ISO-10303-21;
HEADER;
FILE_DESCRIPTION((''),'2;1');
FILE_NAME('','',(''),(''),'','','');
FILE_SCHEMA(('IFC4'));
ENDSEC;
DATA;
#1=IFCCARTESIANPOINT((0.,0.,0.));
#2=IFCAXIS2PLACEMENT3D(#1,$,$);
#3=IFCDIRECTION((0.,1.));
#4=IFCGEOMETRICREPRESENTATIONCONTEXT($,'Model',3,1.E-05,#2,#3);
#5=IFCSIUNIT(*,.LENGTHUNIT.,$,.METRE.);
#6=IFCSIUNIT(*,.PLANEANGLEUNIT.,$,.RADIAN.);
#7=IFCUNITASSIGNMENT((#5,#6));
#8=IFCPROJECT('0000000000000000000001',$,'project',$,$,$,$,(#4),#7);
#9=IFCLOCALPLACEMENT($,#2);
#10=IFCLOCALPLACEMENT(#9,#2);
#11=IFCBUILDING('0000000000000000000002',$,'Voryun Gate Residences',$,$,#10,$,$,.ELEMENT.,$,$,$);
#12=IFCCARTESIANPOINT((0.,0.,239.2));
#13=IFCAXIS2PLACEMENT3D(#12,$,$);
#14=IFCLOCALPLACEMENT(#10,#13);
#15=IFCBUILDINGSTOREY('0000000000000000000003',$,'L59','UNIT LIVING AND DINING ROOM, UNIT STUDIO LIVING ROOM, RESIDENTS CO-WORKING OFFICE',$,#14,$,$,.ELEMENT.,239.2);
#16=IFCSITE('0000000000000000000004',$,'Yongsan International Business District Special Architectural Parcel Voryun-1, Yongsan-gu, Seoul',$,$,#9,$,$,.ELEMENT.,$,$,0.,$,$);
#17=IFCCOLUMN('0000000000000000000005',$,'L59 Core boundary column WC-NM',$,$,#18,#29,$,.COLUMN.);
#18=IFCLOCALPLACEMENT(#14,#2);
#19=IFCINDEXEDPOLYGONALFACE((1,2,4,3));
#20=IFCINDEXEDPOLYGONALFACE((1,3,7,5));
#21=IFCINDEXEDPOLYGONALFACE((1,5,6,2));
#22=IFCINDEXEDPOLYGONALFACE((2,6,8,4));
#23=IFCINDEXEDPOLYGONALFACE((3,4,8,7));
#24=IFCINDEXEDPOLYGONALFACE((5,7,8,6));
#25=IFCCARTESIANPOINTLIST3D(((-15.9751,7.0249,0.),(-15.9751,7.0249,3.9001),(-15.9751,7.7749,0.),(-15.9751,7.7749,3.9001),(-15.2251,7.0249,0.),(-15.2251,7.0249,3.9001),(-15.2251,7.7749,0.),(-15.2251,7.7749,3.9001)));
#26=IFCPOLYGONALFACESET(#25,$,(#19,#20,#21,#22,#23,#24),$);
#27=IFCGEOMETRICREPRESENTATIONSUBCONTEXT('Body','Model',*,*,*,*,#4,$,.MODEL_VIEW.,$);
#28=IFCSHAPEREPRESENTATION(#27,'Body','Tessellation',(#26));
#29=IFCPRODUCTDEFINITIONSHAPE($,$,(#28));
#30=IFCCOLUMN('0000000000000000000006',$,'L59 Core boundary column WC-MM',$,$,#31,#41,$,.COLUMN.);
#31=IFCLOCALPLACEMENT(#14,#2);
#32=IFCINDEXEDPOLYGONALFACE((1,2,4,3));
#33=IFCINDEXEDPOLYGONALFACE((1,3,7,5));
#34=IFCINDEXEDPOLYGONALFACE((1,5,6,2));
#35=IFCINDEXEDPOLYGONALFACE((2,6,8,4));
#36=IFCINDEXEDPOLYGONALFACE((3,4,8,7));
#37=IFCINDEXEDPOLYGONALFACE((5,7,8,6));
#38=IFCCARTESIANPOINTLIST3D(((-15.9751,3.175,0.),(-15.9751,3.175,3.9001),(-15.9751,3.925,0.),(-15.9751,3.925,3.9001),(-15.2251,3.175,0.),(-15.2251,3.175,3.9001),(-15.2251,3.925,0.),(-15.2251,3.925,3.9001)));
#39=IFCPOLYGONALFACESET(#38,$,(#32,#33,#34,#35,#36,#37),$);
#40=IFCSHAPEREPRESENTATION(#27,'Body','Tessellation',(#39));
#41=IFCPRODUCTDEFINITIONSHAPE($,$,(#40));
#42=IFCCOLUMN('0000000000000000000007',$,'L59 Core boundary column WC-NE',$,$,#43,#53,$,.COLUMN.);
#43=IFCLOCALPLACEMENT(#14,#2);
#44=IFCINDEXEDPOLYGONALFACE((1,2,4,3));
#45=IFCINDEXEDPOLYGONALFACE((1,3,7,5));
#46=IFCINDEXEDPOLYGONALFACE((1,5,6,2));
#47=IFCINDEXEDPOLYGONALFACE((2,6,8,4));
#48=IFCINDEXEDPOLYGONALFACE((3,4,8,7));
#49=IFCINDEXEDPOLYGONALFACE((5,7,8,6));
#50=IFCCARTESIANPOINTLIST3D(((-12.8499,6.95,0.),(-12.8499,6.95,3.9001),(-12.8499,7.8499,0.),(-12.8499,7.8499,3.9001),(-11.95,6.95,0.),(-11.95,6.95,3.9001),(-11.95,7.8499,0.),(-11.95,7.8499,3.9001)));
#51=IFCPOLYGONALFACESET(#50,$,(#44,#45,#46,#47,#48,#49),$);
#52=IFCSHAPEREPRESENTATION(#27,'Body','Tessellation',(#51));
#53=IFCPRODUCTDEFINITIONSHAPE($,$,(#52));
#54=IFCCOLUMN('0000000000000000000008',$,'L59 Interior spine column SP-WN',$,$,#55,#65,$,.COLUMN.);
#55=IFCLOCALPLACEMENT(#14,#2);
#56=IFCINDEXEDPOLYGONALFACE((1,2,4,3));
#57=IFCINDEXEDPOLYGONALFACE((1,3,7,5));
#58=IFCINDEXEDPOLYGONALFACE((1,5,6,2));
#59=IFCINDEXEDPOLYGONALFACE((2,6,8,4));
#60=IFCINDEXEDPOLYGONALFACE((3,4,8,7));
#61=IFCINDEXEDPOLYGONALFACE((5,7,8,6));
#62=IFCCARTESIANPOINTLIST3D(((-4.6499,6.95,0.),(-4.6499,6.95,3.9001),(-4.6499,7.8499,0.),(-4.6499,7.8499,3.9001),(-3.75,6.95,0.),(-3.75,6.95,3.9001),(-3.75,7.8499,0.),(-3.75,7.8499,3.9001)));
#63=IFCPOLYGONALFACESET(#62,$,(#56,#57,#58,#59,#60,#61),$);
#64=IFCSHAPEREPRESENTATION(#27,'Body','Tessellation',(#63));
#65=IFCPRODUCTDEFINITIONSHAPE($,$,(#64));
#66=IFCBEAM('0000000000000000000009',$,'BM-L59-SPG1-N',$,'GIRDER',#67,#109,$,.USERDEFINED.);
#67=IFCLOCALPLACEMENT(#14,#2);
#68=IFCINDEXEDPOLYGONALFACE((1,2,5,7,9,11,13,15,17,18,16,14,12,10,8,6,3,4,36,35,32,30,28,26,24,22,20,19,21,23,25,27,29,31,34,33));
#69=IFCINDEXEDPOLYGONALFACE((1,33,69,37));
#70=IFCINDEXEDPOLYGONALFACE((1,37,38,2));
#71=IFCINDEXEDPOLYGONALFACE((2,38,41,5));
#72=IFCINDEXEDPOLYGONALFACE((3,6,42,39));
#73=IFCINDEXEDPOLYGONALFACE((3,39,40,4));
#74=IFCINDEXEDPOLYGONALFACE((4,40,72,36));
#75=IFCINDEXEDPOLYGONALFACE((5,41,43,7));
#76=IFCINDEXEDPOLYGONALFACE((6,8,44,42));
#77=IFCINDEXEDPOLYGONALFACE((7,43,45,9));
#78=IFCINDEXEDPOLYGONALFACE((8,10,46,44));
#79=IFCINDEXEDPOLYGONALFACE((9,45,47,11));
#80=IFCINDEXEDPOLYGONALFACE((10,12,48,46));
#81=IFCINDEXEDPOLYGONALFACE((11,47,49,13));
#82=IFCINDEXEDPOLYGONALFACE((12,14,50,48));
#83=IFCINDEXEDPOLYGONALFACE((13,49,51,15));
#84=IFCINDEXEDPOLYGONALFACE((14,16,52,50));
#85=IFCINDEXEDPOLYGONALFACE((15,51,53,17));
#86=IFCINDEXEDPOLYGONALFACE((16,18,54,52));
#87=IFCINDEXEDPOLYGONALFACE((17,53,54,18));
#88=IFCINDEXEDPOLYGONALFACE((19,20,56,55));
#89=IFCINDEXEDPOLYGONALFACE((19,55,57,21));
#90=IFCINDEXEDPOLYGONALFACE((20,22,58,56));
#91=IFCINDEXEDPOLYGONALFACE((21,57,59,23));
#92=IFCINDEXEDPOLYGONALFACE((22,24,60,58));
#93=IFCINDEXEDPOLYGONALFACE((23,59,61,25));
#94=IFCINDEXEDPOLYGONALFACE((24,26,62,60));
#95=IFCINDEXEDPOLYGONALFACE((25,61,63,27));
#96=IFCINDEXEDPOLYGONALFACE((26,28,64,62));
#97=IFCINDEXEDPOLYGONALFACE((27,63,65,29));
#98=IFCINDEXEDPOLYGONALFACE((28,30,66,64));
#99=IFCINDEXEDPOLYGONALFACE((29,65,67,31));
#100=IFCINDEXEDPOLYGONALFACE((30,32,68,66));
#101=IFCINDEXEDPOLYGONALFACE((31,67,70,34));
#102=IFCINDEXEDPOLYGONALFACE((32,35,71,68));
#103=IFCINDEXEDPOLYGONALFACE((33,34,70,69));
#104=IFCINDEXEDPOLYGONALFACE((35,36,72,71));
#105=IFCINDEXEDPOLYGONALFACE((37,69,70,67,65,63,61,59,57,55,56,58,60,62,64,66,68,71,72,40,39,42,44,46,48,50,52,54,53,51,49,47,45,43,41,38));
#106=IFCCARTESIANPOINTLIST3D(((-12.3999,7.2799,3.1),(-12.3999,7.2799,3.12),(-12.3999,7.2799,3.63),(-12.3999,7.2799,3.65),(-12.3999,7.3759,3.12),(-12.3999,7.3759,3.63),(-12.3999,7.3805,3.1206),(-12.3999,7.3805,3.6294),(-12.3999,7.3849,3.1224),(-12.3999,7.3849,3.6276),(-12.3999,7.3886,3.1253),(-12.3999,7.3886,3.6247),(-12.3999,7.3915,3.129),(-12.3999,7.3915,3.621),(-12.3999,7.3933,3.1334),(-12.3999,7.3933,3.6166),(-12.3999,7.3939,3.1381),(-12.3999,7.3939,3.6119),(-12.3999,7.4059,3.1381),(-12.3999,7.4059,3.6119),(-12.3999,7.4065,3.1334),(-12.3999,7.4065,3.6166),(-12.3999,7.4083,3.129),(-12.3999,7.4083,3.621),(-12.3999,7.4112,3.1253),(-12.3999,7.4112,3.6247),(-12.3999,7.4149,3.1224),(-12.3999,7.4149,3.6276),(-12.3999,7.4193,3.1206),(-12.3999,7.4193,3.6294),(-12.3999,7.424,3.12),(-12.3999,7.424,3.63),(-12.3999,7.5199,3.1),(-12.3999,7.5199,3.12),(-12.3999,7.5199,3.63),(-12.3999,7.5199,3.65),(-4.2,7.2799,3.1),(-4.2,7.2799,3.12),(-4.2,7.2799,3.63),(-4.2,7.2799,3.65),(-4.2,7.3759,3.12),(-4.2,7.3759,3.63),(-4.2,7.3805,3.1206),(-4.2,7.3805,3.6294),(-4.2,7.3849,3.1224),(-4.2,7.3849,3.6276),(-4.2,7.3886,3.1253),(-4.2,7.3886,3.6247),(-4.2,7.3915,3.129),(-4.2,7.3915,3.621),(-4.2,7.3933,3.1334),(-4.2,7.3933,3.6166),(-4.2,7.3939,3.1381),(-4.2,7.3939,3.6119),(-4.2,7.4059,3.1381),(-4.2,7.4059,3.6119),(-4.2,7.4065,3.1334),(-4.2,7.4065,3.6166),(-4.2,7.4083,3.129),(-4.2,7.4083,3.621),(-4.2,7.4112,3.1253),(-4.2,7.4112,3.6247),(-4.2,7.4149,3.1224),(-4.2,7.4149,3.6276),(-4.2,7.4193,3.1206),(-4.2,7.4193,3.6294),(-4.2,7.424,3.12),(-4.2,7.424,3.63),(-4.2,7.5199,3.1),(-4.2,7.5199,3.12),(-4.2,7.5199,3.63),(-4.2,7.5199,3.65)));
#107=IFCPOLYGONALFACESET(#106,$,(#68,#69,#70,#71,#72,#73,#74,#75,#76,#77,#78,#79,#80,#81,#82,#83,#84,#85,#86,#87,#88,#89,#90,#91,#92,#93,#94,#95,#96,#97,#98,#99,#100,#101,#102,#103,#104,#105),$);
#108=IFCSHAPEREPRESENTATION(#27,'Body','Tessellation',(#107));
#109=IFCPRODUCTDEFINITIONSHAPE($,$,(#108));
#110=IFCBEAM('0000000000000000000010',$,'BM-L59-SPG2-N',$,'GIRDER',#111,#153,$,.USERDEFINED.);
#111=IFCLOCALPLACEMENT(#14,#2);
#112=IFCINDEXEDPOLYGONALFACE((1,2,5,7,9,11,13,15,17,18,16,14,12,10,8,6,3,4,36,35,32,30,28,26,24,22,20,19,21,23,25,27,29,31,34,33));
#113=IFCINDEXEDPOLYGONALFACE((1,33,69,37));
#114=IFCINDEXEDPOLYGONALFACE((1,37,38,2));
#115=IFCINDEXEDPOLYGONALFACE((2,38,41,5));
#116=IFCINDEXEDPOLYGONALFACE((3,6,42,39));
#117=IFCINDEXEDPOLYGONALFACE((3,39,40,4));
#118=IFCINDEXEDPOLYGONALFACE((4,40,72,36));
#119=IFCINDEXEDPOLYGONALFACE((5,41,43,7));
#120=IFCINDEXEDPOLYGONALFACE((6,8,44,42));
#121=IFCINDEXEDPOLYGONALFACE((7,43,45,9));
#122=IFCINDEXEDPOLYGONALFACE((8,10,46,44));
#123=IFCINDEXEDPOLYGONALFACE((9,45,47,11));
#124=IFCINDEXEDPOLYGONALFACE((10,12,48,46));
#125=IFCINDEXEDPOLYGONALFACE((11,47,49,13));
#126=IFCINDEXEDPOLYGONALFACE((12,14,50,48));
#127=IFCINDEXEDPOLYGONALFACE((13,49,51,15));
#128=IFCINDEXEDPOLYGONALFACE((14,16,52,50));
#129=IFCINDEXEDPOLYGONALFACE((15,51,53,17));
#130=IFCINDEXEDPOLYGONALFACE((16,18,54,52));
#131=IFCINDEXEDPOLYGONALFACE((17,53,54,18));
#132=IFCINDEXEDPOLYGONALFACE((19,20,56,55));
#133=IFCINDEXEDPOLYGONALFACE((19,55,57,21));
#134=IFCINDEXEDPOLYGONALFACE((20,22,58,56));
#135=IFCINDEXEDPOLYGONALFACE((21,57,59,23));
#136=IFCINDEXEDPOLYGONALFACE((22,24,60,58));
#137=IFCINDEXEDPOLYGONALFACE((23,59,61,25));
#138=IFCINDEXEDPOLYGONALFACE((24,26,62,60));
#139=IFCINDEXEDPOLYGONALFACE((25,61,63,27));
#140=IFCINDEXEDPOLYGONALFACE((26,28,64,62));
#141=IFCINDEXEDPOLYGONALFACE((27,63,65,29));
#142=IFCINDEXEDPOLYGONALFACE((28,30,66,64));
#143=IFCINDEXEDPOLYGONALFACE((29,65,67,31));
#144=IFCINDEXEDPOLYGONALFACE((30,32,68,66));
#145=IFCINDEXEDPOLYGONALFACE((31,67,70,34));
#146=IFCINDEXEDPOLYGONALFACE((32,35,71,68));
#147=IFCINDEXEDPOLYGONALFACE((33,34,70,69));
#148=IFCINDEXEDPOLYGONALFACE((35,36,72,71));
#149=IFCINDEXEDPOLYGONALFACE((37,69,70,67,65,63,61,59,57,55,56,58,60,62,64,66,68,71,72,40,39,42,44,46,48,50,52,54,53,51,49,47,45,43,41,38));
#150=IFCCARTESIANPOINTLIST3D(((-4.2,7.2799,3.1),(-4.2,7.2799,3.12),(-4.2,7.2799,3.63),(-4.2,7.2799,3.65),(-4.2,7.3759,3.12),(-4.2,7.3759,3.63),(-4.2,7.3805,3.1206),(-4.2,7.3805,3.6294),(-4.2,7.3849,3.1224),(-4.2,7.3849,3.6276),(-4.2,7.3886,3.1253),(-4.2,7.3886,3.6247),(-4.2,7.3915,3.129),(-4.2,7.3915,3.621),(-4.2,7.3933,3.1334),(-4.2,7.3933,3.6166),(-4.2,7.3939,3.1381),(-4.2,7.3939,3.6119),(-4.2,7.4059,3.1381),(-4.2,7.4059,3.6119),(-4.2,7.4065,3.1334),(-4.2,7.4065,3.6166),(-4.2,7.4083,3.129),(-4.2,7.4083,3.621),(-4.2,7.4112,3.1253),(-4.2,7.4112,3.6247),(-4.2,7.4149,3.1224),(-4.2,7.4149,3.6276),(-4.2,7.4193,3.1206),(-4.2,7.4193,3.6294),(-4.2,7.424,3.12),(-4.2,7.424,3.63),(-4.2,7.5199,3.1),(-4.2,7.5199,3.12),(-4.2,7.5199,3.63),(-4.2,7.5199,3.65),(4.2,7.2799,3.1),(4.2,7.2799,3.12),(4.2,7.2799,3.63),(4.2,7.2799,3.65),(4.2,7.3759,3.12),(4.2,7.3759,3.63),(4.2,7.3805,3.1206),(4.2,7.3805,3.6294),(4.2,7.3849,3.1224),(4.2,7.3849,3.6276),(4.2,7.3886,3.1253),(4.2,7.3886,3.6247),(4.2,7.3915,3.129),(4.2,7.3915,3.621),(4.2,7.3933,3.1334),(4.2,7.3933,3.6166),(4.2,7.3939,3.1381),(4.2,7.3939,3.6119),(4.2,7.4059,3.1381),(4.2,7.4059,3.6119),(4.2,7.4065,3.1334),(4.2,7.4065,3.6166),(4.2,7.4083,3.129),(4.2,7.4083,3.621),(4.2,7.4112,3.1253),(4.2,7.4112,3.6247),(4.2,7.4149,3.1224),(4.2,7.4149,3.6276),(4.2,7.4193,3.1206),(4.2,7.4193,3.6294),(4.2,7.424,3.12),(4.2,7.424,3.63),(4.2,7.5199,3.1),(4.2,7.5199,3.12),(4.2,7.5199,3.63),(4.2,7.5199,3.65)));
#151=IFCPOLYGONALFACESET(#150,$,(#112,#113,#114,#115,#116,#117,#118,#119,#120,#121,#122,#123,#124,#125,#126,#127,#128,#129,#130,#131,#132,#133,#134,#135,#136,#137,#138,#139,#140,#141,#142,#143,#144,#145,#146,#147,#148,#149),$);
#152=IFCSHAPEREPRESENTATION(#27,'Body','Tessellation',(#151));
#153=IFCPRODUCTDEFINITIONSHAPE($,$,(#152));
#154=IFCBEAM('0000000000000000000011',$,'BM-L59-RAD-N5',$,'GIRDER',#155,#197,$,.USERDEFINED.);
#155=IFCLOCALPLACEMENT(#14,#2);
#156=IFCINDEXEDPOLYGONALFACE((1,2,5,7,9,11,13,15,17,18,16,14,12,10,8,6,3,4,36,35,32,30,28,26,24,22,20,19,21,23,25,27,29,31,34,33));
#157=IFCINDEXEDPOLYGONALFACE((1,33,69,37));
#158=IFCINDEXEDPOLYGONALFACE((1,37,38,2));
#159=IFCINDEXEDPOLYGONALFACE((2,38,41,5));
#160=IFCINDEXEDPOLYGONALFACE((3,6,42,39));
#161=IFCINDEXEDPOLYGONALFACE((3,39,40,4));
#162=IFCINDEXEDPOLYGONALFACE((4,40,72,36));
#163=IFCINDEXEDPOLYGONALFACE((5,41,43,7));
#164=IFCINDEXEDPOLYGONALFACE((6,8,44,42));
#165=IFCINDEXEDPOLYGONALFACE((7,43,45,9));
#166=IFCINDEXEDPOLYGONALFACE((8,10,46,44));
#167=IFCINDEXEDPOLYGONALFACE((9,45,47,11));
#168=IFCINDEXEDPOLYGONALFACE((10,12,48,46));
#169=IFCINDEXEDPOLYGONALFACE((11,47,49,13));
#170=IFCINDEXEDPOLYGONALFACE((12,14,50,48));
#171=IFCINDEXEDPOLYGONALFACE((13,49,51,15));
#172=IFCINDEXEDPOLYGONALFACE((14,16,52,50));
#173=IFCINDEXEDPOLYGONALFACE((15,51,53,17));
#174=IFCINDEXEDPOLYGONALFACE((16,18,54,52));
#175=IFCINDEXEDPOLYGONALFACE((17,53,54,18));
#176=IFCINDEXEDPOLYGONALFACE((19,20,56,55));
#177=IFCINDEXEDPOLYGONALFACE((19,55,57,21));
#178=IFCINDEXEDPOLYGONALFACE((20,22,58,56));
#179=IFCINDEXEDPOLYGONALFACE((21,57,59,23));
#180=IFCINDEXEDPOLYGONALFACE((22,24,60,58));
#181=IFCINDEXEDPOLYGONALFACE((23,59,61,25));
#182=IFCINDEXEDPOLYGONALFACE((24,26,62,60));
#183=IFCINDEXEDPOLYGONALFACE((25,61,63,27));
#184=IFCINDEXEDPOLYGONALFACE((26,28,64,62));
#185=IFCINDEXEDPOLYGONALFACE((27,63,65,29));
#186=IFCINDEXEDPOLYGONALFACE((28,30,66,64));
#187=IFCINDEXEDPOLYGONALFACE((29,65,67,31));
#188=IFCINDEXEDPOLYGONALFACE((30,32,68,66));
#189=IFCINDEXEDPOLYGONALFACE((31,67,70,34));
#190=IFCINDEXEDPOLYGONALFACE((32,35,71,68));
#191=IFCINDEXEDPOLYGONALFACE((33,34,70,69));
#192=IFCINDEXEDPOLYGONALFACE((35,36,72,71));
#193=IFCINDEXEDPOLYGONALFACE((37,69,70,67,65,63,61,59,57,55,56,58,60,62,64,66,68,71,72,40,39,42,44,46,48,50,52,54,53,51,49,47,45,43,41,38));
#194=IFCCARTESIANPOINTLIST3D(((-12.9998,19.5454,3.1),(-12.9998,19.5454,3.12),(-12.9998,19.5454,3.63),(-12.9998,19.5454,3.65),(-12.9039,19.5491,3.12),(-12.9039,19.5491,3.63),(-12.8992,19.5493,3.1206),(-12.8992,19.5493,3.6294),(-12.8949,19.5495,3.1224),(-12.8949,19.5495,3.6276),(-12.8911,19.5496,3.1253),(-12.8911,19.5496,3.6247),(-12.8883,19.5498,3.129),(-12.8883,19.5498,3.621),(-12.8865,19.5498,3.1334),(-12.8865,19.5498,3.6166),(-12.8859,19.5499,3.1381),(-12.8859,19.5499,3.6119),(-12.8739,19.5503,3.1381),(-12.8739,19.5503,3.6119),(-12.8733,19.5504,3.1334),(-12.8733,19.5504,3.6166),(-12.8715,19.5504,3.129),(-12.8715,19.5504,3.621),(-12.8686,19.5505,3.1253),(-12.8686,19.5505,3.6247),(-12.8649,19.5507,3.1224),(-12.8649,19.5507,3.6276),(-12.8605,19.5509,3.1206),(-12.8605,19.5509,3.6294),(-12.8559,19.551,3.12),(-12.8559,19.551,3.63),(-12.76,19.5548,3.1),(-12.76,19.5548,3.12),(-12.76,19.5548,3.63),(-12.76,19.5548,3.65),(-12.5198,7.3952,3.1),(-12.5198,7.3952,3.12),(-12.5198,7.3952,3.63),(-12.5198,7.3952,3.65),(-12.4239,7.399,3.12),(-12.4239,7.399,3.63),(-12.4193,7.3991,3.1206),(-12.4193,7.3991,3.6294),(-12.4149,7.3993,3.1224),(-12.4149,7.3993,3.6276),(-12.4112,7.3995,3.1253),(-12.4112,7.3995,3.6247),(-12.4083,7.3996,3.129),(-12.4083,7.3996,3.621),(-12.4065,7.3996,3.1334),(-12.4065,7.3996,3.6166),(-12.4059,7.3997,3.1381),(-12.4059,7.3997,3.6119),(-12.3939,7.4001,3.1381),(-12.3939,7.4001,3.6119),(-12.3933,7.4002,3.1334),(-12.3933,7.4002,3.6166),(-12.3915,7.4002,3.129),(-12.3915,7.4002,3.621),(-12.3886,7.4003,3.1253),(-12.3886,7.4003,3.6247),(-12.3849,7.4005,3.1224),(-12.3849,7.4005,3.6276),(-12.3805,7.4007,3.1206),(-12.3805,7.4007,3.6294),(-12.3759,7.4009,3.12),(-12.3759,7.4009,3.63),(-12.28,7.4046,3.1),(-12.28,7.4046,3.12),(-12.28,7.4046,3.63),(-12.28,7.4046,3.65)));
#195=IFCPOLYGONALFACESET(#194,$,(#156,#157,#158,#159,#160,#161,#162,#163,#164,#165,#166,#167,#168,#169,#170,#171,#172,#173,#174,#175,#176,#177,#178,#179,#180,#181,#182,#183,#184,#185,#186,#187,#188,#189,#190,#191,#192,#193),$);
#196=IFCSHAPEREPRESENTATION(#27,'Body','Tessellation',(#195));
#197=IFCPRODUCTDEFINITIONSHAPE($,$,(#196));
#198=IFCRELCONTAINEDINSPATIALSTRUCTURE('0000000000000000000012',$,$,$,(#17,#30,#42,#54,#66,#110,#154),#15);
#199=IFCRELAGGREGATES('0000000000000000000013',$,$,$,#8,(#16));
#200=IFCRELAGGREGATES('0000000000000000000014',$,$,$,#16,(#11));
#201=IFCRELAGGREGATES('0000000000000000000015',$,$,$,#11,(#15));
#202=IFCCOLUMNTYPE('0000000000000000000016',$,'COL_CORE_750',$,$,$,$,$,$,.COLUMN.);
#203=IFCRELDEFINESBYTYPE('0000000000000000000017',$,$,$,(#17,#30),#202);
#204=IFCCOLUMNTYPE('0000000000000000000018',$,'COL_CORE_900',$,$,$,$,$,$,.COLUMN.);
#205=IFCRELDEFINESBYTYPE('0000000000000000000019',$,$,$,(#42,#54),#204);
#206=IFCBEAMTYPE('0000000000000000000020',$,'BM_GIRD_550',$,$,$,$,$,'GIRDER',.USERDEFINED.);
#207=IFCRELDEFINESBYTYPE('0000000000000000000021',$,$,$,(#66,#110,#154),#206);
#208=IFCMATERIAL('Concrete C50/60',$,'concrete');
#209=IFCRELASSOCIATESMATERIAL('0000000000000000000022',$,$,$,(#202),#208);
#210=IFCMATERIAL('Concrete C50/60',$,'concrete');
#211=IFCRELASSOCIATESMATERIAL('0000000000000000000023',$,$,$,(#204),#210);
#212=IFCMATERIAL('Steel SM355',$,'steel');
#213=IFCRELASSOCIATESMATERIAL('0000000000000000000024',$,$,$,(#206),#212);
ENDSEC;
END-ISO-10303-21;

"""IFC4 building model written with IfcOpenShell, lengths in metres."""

from ifc_helpers import new_model, si_unit, direction, frame, origin, origin_2d, place, context, subcontext, project, spatial, rectangle, i_section, extrude, material, material_profile, profile_set, type_object, element, save


model = new_model("IFC4")

# Units and contexts
model_context = context("Model", 3, precision=1e-05, world=origin(), true_north=direction((0.0, 1.0)))
body_context = subcontext(model_context, "Body", "Model", "MODEL_VIEW")
ifc_project = project(units=[si_unit("LENGTHUNIT", "METRE"), si_unit("PLANEANGLEUNIT", "RADIAN")], contexts=[model_context])

# Site, building, storey
site_placement = place(None, origin())
site = spatial("IfcSite", under=ifc_project, at=site_placement, Name="Yongsan International Business District Special Architectural Parcel Voryun-1, Yongsan-gu, Seoul", CompositionType="ELEMENT", RefElevation=0.0)
building_placement = place(site_placement, origin())
building = spatial("IfcBuilding", under=site, at=building_placement, Name="Voryun Gate Residences", CompositionType="ELEMENT")
storey_placement = place(building_placement, frame((0.0, 0.0, 239.2)))
storey = spatial("IfcBuildingStorey", under=building, at=storey_placement, Name="L59", Description="UNIT LIVING AND DINING ROOM, UNIT STUDIO LIVING ROOM, RESIDENTS CO-WORKING OFFICE", CompositionType="ELEMENT", Elevation=239.2)

# Columns
ifc_material_1 = material(Name="Concrete C50/60", Category="concrete")
ifc_material_profile_1 = material_profile(ifc_material_1, rectangle(XDim=0.75, YDim=0.75, at=origin_2d()), Name="RC-750x750")
ifc_profile_set_1 = profile_set([ifc_material_profile_1], Name="Concrete C50/60")
column_type_1 = type_object("IfcColumnType", Name="COL_CORE_750", PredefinedType="COLUMN", material=ifc_profile_set_1)
for number, where, z_axis, x_axis, name in (
    (1, (-15.6001, 7.3999, 0.0), (0.0, 0.0, 1.0), (1.0, 0.0, 0.0), "L59 Core boundary column WC-NM"),
    (2, (-15.6001, 3.55, 0.0), (0.0, 0.0, 1.0), (1.0, 0.0, 0.0), "L59 Core boundary column WC-MM"),
):
    element("IfcColumn", number, at=place(storey_placement, frame(where, z_axis=z_axis, x_axis=x_axis)), inside=storey, type_object=column_type_1, Name=name, PredefinedType="COLUMN", context=body_context, shape_type="SweptSolid", body=[
        extrude(rectangle(XDim=0.75, YDim=0.75, at=origin_2d()), origin(), (0.0, 0.0, 1.0), 3.9001),
    ])
ifc_material_2 = material(Name="Concrete C50/60", Category="concrete")
ifc_material_profile_2 = material_profile(ifc_material_2, rectangle(XDim=0.8999, YDim=0.8999, at=origin_2d()), Name="RC-900x900")
ifc_profile_set_2 = profile_set([ifc_material_profile_2], Name="Concrete C50/60")
column_type_2 = type_object("IfcColumnType", Name="COL_CORE_900", PredefinedType="COLUMN", material=ifc_profile_set_2)
for number, where, z_axis, x_axis, name in (
    (3, (-12.3999, 7.3999, 0.0), (0.0, 0.0, 1.0), (1.0, 0.0, 0.0), "L59 Core boundary column WC-NE"),
    (4, (-4.2, 7.3999, 0.0), (0.0, 0.0, 1.0), (1.0, 0.0, 0.0), "L59 Interior spine column SP-WN"),
):
    element("IfcColumn", number, at=place(storey_placement, frame(where, z_axis=z_axis, x_axis=x_axis)), inside=storey, type_object=column_type_2, Name=name, PredefinedType="COLUMN", context=body_context, shape_type="SweptSolid", body=[
        extrude(rectangle(XDim=0.8999, YDim=0.8999, at=origin_2d()), origin(), (0.0, 0.0, 1.0), 3.9001),
    ])

# Beams
ifc_material_3 = material(Name="Steel SM355", Category="steel")
ifc_material_profile_3 = material_profile(ifc_material_3, i_section(OverallWidth=0.24, OverallDepth=0.55, WebThickness=0.012, FlangeThickness=0.02, FilletRadius=0.0181, at=origin_2d()), Name="H-550x240x12x20")
ifc_profile_set_3 = profile_set([ifc_material_profile_3], Name="Steel SM355")
beam_type_1 = type_object("IfcBeamType", Name="BM_GIRD_550", ElementType="GIRDER", PredefinedType="USERDEFINED", material=ifc_profile_set_3)
beam_1_placement = place(storey_placement, frame((-12.3999, 7.3999, 3.375), z_axis=(1.0, 0.0, 0.0), x_axis=(0.0, 1.0, 0.0)))
element("IfcBeam", 5, at=beam_1_placement, inside=storey, type_object=beam_type_1, Name="BM-L59-SPG1-N", ObjectType="GIRDER", PredefinedType="USERDEFINED", context=body_context, shape_type="SweptSolid", body=[
    extrude(i_section(OverallWidth=0.24, OverallDepth=0.55, WebThickness=0.012, FlangeThickness=0.02, FilletRadius=0.0181, at=origin_2d()), origin(), (0.0, 0.0, 1.0), 8.2),
])
beam_2_placement = place(storey_placement, frame((-4.2, 7.3999, 3.375), z_axis=(1.0, 0.0, 0.0), x_axis=(0.0, 1.0, 0.0)))
element("IfcBeam", 6, at=beam_2_placement, inside=storey, type_object=beam_type_1, Name="BM-L59-SPG2-N", ObjectType="GIRDER", PredefinedType="USERDEFINED", context=body_context, shape_type="SweptSolid", body=[
    extrude(i_section(OverallWidth=0.24, OverallDepth=0.55, WebThickness=0.012, FlangeThickness=0.02, FilletRadius=0.0181, at=origin_2d()), origin(), (0.0, 0.0, 1.0), 8.3999),
])
beam_3_placement = place(storey_placement, frame((-12.3999, 7.3999, 3.375), z_axis=(-0.039473, 0.999221, 0.0), x_axis=(-0.999221, -0.039473, 0.0)))
element("IfcBeam", 7, at=beam_3_placement, inside=storey, type_object=beam_type_1, Name="BM-L59-RAD-N5", ObjectType="GIRDER", PredefinedType="USERDEFINED", context=body_context, shape_type="SweptSolid", body=[
    extrude(i_section(OverallWidth=0.24, OverallDepth=0.55, WebThickness=0.012, FlangeThickness=0.02, FilletRadius=0.0181, at=origin_2d()), origin(), (0.0, 0.0, 1.0), 12.1597),
])

save(model, "model.ifc")
